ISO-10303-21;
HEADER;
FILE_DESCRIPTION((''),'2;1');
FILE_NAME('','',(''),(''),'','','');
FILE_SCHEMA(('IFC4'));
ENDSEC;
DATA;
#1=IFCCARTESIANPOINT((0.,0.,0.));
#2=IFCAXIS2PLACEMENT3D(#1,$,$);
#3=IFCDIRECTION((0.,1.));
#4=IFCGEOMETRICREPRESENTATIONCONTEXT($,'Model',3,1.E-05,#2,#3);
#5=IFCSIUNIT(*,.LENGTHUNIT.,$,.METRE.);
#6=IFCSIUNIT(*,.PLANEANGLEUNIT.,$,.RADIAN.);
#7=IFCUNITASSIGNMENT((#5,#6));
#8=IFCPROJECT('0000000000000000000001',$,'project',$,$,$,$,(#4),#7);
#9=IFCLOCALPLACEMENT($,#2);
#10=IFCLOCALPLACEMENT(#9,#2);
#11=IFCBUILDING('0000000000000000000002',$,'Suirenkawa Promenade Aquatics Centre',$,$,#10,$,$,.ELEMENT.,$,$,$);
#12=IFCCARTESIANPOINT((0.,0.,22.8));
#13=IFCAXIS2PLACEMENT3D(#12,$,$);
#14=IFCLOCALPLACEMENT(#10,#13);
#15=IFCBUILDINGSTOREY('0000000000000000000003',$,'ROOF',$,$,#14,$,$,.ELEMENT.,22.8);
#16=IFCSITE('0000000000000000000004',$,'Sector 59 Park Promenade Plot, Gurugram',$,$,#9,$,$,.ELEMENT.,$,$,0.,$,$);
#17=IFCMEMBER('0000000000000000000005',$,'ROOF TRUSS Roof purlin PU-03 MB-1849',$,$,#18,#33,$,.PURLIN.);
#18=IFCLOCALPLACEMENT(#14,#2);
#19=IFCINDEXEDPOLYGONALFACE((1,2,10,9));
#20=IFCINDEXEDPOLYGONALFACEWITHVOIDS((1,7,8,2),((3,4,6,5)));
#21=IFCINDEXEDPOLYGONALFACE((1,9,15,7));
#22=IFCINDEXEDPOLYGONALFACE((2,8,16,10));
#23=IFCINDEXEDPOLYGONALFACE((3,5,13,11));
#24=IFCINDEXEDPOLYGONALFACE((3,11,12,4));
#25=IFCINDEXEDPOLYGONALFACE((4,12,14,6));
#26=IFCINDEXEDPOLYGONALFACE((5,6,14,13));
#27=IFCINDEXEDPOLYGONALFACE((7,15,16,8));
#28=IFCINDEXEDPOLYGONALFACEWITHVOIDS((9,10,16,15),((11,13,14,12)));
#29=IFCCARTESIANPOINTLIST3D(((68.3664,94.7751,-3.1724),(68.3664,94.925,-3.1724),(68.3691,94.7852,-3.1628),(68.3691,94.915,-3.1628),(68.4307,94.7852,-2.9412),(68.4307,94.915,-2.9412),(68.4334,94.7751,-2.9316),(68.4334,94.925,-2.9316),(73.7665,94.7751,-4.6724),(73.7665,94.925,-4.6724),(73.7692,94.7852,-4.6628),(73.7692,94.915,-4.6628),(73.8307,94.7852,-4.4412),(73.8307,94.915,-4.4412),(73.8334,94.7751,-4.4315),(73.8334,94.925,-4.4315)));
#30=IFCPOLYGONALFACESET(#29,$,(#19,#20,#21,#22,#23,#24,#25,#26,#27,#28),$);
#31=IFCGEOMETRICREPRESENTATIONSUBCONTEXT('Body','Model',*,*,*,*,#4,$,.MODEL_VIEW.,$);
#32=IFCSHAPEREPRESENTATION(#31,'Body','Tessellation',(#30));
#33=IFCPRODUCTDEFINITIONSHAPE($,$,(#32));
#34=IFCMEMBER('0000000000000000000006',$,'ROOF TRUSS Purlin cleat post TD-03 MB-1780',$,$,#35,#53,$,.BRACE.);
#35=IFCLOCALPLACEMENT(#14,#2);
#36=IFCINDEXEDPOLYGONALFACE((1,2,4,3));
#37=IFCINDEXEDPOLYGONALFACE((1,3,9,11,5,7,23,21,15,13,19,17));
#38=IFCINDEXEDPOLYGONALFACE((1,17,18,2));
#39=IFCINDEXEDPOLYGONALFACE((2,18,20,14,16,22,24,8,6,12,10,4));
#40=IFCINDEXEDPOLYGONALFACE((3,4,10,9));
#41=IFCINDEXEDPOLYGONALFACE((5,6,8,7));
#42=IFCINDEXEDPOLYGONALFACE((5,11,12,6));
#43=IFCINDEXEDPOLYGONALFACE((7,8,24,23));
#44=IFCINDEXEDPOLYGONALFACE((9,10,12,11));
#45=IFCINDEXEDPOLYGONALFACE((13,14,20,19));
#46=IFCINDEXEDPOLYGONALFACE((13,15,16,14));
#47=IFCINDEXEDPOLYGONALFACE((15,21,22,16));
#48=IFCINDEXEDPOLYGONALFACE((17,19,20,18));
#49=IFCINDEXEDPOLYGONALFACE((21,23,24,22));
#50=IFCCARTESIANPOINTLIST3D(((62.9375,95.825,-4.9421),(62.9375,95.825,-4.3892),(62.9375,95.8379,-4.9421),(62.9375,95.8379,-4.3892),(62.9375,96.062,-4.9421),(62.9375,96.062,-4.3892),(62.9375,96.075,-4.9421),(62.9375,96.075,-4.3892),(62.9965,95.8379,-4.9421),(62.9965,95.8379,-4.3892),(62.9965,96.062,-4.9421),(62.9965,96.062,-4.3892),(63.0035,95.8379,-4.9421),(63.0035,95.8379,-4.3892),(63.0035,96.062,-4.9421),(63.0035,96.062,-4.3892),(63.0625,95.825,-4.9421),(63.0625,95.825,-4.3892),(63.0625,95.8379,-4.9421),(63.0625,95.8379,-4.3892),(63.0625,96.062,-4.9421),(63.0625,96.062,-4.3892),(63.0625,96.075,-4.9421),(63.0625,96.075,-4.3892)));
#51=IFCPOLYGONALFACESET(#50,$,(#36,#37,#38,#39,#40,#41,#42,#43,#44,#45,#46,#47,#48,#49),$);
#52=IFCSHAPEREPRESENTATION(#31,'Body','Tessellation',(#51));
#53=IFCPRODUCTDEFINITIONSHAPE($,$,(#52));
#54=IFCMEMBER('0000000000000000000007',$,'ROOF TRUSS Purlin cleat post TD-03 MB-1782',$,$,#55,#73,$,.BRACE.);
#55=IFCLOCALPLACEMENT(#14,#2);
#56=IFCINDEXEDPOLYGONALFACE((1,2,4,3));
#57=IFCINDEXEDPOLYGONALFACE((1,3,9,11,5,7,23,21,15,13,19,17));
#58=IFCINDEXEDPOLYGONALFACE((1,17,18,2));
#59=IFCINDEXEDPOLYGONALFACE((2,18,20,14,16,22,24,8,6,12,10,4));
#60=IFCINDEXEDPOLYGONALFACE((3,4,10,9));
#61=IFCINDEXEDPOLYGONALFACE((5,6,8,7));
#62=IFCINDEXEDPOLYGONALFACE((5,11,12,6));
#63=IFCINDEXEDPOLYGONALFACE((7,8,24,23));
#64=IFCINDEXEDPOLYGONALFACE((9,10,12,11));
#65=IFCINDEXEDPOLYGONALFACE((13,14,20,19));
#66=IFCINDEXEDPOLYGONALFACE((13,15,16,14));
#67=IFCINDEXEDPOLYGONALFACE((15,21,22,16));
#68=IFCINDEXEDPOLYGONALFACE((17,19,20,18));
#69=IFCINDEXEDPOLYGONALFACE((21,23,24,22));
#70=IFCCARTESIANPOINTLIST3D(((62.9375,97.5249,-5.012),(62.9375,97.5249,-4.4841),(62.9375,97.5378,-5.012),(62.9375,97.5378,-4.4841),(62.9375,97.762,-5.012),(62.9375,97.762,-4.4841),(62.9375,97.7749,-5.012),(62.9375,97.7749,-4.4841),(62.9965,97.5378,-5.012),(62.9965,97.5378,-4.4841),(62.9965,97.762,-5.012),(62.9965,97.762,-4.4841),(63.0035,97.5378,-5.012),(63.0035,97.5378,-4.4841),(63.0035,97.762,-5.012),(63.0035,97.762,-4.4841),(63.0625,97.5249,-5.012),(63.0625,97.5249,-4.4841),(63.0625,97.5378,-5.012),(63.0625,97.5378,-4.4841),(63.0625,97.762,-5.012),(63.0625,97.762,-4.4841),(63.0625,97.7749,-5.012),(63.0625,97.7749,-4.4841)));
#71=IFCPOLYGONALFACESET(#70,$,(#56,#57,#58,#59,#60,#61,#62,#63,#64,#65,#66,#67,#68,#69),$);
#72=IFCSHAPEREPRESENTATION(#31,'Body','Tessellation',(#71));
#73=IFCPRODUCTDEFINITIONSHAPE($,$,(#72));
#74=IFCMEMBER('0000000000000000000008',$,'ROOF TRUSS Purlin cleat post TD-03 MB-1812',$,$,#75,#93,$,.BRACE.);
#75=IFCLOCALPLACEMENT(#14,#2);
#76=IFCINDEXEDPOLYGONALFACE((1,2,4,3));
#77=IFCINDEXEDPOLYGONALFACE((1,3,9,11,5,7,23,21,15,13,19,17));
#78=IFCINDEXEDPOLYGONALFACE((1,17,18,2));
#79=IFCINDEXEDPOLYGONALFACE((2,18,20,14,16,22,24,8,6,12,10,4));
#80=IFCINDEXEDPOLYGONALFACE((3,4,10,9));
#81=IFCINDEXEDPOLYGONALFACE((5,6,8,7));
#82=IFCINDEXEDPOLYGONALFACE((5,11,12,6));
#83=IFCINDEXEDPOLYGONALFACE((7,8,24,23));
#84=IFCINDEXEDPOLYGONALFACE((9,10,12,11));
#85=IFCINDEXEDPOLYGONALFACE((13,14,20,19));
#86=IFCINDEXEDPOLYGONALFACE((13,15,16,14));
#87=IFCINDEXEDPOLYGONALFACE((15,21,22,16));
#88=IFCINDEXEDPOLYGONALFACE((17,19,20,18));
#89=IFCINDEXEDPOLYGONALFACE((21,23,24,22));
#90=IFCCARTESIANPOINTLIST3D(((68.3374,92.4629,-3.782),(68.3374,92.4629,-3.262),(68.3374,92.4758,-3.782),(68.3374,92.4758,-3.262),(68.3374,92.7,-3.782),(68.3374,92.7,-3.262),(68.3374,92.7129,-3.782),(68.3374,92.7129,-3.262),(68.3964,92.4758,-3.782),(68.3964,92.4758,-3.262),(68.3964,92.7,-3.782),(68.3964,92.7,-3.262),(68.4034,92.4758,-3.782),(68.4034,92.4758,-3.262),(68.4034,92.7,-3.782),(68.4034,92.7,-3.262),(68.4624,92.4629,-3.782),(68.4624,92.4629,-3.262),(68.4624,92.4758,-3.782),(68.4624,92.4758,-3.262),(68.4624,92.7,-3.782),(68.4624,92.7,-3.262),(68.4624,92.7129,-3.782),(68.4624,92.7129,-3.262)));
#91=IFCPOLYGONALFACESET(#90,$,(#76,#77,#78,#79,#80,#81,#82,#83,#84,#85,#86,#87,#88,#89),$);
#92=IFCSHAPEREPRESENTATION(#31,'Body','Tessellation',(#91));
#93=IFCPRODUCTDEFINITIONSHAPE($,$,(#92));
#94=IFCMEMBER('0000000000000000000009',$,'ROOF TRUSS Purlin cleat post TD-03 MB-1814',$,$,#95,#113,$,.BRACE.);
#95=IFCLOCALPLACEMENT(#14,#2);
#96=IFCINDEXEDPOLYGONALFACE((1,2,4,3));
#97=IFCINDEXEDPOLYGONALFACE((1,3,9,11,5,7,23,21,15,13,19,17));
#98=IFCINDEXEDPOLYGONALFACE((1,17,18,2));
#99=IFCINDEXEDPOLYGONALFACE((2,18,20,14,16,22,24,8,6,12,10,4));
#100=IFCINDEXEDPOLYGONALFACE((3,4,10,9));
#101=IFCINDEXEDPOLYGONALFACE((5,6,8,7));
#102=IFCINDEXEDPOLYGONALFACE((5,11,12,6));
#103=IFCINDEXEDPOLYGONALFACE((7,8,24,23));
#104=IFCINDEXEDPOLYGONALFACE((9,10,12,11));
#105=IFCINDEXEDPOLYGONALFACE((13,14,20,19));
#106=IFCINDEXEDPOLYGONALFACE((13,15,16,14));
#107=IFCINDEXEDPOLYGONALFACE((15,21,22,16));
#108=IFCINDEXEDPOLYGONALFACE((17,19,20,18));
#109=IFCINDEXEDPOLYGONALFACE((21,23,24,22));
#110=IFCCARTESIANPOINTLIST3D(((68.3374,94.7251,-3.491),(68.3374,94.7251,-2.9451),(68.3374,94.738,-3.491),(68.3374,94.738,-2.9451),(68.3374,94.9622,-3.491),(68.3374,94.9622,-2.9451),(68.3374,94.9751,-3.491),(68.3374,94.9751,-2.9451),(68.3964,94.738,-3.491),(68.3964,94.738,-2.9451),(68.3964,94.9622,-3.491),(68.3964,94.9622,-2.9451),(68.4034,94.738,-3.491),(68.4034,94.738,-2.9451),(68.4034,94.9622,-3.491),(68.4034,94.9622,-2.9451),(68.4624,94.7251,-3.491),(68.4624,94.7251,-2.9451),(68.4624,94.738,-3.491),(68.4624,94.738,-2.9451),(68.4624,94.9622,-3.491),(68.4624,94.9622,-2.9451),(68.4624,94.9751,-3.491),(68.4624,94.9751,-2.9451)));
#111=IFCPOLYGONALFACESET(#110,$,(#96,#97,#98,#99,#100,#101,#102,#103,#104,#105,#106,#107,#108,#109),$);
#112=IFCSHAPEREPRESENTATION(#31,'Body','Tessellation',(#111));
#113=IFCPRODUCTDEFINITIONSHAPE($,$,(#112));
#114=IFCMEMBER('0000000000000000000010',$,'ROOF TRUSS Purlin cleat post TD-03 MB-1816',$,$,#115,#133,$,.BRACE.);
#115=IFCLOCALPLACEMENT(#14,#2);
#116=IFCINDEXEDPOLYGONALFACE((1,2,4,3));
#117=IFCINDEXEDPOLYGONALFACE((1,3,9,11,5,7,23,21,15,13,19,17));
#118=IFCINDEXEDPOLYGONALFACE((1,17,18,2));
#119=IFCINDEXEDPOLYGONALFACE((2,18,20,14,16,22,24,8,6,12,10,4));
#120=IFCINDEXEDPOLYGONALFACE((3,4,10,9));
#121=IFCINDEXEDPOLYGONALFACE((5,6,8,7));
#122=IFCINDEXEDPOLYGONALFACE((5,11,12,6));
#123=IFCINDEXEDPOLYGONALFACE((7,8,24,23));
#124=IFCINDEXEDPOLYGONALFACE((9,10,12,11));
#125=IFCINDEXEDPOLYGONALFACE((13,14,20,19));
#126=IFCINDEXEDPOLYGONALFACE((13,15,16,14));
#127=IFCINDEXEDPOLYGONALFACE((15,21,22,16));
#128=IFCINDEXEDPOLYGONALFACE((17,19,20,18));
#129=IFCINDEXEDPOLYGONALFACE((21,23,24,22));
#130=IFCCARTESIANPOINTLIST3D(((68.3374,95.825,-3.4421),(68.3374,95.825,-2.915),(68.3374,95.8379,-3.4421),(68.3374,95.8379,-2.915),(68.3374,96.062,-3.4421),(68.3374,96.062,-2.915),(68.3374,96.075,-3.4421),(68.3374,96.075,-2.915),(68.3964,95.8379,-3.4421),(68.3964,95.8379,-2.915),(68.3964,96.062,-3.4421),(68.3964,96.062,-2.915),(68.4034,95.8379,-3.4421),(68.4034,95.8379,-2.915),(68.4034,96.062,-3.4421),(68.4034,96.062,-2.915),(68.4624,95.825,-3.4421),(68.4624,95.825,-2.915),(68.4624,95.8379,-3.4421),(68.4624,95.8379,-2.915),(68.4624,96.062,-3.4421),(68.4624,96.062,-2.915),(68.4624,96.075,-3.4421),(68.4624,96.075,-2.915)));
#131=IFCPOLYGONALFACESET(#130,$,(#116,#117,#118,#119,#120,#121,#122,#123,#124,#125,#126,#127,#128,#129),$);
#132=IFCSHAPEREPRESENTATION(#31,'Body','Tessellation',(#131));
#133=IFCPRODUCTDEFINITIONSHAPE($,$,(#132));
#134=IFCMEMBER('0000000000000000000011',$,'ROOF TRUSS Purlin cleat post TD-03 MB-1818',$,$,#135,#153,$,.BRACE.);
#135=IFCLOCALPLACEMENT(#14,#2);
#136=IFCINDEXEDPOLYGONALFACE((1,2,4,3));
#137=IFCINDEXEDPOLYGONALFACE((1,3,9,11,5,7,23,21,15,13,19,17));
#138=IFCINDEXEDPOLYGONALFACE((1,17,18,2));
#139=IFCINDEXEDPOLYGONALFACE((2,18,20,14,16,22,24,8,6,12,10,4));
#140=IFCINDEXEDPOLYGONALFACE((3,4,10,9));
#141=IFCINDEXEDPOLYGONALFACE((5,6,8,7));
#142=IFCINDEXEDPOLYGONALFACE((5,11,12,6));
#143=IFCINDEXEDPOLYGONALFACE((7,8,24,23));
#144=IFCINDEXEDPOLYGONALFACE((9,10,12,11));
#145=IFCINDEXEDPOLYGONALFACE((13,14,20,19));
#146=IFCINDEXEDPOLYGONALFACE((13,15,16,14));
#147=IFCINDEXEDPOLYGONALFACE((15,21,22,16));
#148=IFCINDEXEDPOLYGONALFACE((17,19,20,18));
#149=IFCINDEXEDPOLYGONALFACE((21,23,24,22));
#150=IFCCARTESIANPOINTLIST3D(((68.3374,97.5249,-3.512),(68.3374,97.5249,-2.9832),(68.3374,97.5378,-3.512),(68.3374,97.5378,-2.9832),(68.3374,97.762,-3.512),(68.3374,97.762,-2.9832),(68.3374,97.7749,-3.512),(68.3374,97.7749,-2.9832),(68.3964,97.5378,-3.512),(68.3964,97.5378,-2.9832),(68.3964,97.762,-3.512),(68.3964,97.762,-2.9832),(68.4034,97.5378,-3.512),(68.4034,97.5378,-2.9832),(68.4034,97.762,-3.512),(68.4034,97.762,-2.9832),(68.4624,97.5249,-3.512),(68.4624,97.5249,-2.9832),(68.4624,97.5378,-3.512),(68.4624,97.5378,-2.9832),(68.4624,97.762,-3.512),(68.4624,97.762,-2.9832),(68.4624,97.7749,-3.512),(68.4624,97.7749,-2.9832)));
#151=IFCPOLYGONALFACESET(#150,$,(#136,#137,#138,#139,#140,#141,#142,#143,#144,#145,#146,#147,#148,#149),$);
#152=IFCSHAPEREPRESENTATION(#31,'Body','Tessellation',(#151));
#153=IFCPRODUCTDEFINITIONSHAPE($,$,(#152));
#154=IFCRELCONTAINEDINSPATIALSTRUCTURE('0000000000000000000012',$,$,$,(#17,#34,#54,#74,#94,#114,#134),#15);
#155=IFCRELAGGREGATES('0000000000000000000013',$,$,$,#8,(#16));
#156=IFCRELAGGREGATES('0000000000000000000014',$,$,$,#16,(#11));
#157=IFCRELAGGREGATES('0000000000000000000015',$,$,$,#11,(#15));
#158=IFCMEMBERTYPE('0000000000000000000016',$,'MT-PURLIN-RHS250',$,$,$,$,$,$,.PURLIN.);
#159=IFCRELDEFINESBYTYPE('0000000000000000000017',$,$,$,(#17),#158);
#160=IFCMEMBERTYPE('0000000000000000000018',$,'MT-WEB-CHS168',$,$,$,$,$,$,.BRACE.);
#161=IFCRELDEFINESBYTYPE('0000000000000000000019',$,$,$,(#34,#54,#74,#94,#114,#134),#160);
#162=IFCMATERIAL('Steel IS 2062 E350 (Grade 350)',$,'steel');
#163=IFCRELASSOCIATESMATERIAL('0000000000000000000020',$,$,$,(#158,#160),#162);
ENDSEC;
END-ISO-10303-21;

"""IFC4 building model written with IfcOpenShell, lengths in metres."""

from ifc_helpers import new_model, si_unit, direction, frame, origin, origin_2d, place, context, subcontext, project, spatial, hollow_rectangle, i_section, extrude, material, material_profile, profile_set, type_object, element, save


model = new_model("IFC4")

# Units and contexts
model_context = context("Model", 3, precision=1e-05, world=origin(), true_north=direction((0.0, 1.0)))
body_context = subcontext(model_context, "Body", "Model", "MODEL_VIEW")
ifc_project = project(units=[si_unit("LENGTHUNIT", "METRE"), si_unit("PLANEANGLEUNIT", "RADIAN")], contexts=[model_context])

# Site, building, storey
site_placement = place(None, origin())
site = spatial("IfcSite", under=ifc_project, at=site_placement, Name="Sector 59 Park Promenade Plot, Gurugram", CompositionType="ELEMENT", RefElevation=0.0)
building_placement = place(site_placement, origin())
building = spatial("IfcBuilding", under=site, at=building_placement, Name="Suirenkawa Promenade Aquatics Centre", CompositionType="ELEMENT")
storey_placement = place(building_placement, frame((0.0, 0.0, 22.8)))
storey = spatial("IfcBuildingStorey", under=building, at=storey_placement, Name="ROOF", CompositionType="ELEMENT", Elevation=22.8)

# Shared definitions
ifc_material_1 = material(Name="Steel IS 2062 E350 (Grade 350)", Category="steel")

# Members
ifc_material_profile_1 = material_profile(ifc_material_1, hollow_rectangle(XDim=0.1499, YDim=0.25, WallThickness=0.01, at=origin_2d()), Name="RHS 250x150x10", Category="steel")
ifc_profile_set_1 = profile_set([ifc_material_profile_1], Name="Steel IS 2062 E350 (Grade 350)")
member_type_1 = type_object("IfcMemberType", Name="MT-PURLIN-RHS250", PredefinedType="PURLIN", material=ifc_profile_set_1)
member_1_placement = place(storey_placement, frame((68.3999, 94.8501, -3.052), z_axis=(0.96352, 0.0, -0.267637), x_axis=(0.0, 1.0, 0.0)))
element("IfcMember", 1, at=member_1_placement, inside=storey, type_object=member_type_1, Name="ROOF TRUSS Roof purlin PU-03 MB-1849", PredefinedType="PURLIN", context=body_context, shape_type="SweptSolid", body=[
    extrude(hollow_rectangle(XDim=0.1499, YDim=0.25, WallThickness=0.01, at=origin_2d()), origin(), (0.0, 0.0, 1.0), 5.6045),
])
ifc_material_profile_2 = material_profile(ifc_material_1, i_section(OverallWidth=0.125, OverallDepth=0.25, WebThickness=0.0071, FlangeThickness=0.0129, at=origin_2d()), Name="ISMB 250", Category="steel")
ifc_profile_set_2 = profile_set([ifc_material_profile_2], Name="Steel IS 2062 E350 (Grade 350)")
member_type_2 = type_object("IfcMemberType", Name="MT-WEB-CHS168", PredefinedType="BRACE", material=ifc_profile_set_2)
member_2_placement = place(storey_placement, frame((63.0, 95.95, -4.9421), z_axis=(0.0, 0.0, 1.0), x_axis=(1.0, 0.0, 0.0)))
element("IfcMember", 2, at=member_2_placement, inside=storey, type_object=member_type_2, Name="ROOF TRUSS Purlin cleat post TD-03 MB-1780", PredefinedType="BRACE", context=body_context, shape_type="SweptSolid", body=[
    extrude(i_section(OverallWidth=0.125, OverallDepth=0.25, WebThickness=0.0071, FlangeThickness=0.0129, at=origin_2d()), origin(), (0.0, 0.0, 1.0), 0.553),
])
member_3_placement = place(storey_placement, frame((63.0, 97.6499, -5.012), z_axis=(0.0, 0.0, 1.0), x_axis=(1.0, 0.0, 0.0)))
element("IfcMember", 3, at=member_3_placement, inside=storey, type_object=member_type_2, Name="ROOF TRUSS Purlin cleat post TD-03 MB-1782", PredefinedType="BRACE", context=body_context, shape_type="SweptSolid", body=[
    extrude(i_section(OverallWidth=0.125, OverallDepth=0.25, WebThickness=0.0071, FlangeThickness=0.0129, at=origin_2d()), origin(), (0.0, 0.0, 1.0), 0.5278),
])
member_4_placement = place(storey_placement, frame((68.3999, 92.5879, -3.782), z_axis=(0.0, 0.0, 1.0), x_axis=(1.0, 0.0, 0.0)))
element("IfcMember", 4, at=member_4_placement, inside=storey, type_object=member_type_2, Name="ROOF TRUSS Purlin cleat post TD-03 MB-1812", PredefinedType="BRACE", context=body_context, shape_type="SweptSolid", body=[
    extrude(i_section(OverallWidth=0.125, OverallDepth=0.25, WebThickness=0.0071, FlangeThickness=0.0129, at=origin_2d()), origin(), (0.0, 0.0, 1.0), 0.52),
])
member_5_placement = place(storey_placement, frame((68.3999, 94.8501, -3.491), z_axis=(0.0, 0.0, 1.0), x_axis=(1.0, 0.0, 0.0)))
element("IfcMember", 5, at=member_5_placement, inside=storey, type_object=member_type_2, Name="ROOF TRUSS Purlin cleat post TD-03 MB-1814", PredefinedType="BRACE", context=body_context, shape_type="SweptSolid", body=[
    extrude(i_section(OverallWidth=0.125, OverallDepth=0.25, WebThickness=0.0071, FlangeThickness=0.0129, at=origin_2d()), origin(), (0.0, 0.0, 1.0), 0.5459),
])
member_6_placement = place(storey_placement, frame((68.3999, 95.95, -3.4421), z_axis=(0.0, 0.0, 1.0), x_axis=(1.0, 0.0, 0.0)))
element("IfcMember", 6, at=member_6_placement, inside=storey, type_object=member_type_2, Name="ROOF TRUSS Purlin cleat post TD-03 MB-1816", PredefinedType="BRACE", context=body_context, shape_type="SweptSolid", body=[
    extrude(i_section(OverallWidth=0.125, OverallDepth=0.25, WebThickness=0.0071, FlangeThickness=0.0129, at=origin_2d()), origin(), (0.0, 0.0, 1.0), 0.5271),
])
member_7_placement = place(storey_placement, frame((68.3999, 97.6499, -3.512), z_axis=(0.0, 0.0, 1.0), x_axis=(1.0, 0.0, 0.0)))
element("IfcMember", 7, at=member_7_placement, inside=storey, type_object=member_type_2, Name="ROOF TRUSS Purlin cleat post TD-03 MB-1818", PredefinedType="BRACE", context=body_context, shape_type="SweptSolid", body=[
    extrude(i_section(OverallWidth=0.125, OverallDepth=0.25, WebThickness=0.0071, FlangeThickness=0.0129, at=origin_2d()), origin(), (0.0, 0.0, 1.0), 0.5288),
])

save(model, "model.ifc")
